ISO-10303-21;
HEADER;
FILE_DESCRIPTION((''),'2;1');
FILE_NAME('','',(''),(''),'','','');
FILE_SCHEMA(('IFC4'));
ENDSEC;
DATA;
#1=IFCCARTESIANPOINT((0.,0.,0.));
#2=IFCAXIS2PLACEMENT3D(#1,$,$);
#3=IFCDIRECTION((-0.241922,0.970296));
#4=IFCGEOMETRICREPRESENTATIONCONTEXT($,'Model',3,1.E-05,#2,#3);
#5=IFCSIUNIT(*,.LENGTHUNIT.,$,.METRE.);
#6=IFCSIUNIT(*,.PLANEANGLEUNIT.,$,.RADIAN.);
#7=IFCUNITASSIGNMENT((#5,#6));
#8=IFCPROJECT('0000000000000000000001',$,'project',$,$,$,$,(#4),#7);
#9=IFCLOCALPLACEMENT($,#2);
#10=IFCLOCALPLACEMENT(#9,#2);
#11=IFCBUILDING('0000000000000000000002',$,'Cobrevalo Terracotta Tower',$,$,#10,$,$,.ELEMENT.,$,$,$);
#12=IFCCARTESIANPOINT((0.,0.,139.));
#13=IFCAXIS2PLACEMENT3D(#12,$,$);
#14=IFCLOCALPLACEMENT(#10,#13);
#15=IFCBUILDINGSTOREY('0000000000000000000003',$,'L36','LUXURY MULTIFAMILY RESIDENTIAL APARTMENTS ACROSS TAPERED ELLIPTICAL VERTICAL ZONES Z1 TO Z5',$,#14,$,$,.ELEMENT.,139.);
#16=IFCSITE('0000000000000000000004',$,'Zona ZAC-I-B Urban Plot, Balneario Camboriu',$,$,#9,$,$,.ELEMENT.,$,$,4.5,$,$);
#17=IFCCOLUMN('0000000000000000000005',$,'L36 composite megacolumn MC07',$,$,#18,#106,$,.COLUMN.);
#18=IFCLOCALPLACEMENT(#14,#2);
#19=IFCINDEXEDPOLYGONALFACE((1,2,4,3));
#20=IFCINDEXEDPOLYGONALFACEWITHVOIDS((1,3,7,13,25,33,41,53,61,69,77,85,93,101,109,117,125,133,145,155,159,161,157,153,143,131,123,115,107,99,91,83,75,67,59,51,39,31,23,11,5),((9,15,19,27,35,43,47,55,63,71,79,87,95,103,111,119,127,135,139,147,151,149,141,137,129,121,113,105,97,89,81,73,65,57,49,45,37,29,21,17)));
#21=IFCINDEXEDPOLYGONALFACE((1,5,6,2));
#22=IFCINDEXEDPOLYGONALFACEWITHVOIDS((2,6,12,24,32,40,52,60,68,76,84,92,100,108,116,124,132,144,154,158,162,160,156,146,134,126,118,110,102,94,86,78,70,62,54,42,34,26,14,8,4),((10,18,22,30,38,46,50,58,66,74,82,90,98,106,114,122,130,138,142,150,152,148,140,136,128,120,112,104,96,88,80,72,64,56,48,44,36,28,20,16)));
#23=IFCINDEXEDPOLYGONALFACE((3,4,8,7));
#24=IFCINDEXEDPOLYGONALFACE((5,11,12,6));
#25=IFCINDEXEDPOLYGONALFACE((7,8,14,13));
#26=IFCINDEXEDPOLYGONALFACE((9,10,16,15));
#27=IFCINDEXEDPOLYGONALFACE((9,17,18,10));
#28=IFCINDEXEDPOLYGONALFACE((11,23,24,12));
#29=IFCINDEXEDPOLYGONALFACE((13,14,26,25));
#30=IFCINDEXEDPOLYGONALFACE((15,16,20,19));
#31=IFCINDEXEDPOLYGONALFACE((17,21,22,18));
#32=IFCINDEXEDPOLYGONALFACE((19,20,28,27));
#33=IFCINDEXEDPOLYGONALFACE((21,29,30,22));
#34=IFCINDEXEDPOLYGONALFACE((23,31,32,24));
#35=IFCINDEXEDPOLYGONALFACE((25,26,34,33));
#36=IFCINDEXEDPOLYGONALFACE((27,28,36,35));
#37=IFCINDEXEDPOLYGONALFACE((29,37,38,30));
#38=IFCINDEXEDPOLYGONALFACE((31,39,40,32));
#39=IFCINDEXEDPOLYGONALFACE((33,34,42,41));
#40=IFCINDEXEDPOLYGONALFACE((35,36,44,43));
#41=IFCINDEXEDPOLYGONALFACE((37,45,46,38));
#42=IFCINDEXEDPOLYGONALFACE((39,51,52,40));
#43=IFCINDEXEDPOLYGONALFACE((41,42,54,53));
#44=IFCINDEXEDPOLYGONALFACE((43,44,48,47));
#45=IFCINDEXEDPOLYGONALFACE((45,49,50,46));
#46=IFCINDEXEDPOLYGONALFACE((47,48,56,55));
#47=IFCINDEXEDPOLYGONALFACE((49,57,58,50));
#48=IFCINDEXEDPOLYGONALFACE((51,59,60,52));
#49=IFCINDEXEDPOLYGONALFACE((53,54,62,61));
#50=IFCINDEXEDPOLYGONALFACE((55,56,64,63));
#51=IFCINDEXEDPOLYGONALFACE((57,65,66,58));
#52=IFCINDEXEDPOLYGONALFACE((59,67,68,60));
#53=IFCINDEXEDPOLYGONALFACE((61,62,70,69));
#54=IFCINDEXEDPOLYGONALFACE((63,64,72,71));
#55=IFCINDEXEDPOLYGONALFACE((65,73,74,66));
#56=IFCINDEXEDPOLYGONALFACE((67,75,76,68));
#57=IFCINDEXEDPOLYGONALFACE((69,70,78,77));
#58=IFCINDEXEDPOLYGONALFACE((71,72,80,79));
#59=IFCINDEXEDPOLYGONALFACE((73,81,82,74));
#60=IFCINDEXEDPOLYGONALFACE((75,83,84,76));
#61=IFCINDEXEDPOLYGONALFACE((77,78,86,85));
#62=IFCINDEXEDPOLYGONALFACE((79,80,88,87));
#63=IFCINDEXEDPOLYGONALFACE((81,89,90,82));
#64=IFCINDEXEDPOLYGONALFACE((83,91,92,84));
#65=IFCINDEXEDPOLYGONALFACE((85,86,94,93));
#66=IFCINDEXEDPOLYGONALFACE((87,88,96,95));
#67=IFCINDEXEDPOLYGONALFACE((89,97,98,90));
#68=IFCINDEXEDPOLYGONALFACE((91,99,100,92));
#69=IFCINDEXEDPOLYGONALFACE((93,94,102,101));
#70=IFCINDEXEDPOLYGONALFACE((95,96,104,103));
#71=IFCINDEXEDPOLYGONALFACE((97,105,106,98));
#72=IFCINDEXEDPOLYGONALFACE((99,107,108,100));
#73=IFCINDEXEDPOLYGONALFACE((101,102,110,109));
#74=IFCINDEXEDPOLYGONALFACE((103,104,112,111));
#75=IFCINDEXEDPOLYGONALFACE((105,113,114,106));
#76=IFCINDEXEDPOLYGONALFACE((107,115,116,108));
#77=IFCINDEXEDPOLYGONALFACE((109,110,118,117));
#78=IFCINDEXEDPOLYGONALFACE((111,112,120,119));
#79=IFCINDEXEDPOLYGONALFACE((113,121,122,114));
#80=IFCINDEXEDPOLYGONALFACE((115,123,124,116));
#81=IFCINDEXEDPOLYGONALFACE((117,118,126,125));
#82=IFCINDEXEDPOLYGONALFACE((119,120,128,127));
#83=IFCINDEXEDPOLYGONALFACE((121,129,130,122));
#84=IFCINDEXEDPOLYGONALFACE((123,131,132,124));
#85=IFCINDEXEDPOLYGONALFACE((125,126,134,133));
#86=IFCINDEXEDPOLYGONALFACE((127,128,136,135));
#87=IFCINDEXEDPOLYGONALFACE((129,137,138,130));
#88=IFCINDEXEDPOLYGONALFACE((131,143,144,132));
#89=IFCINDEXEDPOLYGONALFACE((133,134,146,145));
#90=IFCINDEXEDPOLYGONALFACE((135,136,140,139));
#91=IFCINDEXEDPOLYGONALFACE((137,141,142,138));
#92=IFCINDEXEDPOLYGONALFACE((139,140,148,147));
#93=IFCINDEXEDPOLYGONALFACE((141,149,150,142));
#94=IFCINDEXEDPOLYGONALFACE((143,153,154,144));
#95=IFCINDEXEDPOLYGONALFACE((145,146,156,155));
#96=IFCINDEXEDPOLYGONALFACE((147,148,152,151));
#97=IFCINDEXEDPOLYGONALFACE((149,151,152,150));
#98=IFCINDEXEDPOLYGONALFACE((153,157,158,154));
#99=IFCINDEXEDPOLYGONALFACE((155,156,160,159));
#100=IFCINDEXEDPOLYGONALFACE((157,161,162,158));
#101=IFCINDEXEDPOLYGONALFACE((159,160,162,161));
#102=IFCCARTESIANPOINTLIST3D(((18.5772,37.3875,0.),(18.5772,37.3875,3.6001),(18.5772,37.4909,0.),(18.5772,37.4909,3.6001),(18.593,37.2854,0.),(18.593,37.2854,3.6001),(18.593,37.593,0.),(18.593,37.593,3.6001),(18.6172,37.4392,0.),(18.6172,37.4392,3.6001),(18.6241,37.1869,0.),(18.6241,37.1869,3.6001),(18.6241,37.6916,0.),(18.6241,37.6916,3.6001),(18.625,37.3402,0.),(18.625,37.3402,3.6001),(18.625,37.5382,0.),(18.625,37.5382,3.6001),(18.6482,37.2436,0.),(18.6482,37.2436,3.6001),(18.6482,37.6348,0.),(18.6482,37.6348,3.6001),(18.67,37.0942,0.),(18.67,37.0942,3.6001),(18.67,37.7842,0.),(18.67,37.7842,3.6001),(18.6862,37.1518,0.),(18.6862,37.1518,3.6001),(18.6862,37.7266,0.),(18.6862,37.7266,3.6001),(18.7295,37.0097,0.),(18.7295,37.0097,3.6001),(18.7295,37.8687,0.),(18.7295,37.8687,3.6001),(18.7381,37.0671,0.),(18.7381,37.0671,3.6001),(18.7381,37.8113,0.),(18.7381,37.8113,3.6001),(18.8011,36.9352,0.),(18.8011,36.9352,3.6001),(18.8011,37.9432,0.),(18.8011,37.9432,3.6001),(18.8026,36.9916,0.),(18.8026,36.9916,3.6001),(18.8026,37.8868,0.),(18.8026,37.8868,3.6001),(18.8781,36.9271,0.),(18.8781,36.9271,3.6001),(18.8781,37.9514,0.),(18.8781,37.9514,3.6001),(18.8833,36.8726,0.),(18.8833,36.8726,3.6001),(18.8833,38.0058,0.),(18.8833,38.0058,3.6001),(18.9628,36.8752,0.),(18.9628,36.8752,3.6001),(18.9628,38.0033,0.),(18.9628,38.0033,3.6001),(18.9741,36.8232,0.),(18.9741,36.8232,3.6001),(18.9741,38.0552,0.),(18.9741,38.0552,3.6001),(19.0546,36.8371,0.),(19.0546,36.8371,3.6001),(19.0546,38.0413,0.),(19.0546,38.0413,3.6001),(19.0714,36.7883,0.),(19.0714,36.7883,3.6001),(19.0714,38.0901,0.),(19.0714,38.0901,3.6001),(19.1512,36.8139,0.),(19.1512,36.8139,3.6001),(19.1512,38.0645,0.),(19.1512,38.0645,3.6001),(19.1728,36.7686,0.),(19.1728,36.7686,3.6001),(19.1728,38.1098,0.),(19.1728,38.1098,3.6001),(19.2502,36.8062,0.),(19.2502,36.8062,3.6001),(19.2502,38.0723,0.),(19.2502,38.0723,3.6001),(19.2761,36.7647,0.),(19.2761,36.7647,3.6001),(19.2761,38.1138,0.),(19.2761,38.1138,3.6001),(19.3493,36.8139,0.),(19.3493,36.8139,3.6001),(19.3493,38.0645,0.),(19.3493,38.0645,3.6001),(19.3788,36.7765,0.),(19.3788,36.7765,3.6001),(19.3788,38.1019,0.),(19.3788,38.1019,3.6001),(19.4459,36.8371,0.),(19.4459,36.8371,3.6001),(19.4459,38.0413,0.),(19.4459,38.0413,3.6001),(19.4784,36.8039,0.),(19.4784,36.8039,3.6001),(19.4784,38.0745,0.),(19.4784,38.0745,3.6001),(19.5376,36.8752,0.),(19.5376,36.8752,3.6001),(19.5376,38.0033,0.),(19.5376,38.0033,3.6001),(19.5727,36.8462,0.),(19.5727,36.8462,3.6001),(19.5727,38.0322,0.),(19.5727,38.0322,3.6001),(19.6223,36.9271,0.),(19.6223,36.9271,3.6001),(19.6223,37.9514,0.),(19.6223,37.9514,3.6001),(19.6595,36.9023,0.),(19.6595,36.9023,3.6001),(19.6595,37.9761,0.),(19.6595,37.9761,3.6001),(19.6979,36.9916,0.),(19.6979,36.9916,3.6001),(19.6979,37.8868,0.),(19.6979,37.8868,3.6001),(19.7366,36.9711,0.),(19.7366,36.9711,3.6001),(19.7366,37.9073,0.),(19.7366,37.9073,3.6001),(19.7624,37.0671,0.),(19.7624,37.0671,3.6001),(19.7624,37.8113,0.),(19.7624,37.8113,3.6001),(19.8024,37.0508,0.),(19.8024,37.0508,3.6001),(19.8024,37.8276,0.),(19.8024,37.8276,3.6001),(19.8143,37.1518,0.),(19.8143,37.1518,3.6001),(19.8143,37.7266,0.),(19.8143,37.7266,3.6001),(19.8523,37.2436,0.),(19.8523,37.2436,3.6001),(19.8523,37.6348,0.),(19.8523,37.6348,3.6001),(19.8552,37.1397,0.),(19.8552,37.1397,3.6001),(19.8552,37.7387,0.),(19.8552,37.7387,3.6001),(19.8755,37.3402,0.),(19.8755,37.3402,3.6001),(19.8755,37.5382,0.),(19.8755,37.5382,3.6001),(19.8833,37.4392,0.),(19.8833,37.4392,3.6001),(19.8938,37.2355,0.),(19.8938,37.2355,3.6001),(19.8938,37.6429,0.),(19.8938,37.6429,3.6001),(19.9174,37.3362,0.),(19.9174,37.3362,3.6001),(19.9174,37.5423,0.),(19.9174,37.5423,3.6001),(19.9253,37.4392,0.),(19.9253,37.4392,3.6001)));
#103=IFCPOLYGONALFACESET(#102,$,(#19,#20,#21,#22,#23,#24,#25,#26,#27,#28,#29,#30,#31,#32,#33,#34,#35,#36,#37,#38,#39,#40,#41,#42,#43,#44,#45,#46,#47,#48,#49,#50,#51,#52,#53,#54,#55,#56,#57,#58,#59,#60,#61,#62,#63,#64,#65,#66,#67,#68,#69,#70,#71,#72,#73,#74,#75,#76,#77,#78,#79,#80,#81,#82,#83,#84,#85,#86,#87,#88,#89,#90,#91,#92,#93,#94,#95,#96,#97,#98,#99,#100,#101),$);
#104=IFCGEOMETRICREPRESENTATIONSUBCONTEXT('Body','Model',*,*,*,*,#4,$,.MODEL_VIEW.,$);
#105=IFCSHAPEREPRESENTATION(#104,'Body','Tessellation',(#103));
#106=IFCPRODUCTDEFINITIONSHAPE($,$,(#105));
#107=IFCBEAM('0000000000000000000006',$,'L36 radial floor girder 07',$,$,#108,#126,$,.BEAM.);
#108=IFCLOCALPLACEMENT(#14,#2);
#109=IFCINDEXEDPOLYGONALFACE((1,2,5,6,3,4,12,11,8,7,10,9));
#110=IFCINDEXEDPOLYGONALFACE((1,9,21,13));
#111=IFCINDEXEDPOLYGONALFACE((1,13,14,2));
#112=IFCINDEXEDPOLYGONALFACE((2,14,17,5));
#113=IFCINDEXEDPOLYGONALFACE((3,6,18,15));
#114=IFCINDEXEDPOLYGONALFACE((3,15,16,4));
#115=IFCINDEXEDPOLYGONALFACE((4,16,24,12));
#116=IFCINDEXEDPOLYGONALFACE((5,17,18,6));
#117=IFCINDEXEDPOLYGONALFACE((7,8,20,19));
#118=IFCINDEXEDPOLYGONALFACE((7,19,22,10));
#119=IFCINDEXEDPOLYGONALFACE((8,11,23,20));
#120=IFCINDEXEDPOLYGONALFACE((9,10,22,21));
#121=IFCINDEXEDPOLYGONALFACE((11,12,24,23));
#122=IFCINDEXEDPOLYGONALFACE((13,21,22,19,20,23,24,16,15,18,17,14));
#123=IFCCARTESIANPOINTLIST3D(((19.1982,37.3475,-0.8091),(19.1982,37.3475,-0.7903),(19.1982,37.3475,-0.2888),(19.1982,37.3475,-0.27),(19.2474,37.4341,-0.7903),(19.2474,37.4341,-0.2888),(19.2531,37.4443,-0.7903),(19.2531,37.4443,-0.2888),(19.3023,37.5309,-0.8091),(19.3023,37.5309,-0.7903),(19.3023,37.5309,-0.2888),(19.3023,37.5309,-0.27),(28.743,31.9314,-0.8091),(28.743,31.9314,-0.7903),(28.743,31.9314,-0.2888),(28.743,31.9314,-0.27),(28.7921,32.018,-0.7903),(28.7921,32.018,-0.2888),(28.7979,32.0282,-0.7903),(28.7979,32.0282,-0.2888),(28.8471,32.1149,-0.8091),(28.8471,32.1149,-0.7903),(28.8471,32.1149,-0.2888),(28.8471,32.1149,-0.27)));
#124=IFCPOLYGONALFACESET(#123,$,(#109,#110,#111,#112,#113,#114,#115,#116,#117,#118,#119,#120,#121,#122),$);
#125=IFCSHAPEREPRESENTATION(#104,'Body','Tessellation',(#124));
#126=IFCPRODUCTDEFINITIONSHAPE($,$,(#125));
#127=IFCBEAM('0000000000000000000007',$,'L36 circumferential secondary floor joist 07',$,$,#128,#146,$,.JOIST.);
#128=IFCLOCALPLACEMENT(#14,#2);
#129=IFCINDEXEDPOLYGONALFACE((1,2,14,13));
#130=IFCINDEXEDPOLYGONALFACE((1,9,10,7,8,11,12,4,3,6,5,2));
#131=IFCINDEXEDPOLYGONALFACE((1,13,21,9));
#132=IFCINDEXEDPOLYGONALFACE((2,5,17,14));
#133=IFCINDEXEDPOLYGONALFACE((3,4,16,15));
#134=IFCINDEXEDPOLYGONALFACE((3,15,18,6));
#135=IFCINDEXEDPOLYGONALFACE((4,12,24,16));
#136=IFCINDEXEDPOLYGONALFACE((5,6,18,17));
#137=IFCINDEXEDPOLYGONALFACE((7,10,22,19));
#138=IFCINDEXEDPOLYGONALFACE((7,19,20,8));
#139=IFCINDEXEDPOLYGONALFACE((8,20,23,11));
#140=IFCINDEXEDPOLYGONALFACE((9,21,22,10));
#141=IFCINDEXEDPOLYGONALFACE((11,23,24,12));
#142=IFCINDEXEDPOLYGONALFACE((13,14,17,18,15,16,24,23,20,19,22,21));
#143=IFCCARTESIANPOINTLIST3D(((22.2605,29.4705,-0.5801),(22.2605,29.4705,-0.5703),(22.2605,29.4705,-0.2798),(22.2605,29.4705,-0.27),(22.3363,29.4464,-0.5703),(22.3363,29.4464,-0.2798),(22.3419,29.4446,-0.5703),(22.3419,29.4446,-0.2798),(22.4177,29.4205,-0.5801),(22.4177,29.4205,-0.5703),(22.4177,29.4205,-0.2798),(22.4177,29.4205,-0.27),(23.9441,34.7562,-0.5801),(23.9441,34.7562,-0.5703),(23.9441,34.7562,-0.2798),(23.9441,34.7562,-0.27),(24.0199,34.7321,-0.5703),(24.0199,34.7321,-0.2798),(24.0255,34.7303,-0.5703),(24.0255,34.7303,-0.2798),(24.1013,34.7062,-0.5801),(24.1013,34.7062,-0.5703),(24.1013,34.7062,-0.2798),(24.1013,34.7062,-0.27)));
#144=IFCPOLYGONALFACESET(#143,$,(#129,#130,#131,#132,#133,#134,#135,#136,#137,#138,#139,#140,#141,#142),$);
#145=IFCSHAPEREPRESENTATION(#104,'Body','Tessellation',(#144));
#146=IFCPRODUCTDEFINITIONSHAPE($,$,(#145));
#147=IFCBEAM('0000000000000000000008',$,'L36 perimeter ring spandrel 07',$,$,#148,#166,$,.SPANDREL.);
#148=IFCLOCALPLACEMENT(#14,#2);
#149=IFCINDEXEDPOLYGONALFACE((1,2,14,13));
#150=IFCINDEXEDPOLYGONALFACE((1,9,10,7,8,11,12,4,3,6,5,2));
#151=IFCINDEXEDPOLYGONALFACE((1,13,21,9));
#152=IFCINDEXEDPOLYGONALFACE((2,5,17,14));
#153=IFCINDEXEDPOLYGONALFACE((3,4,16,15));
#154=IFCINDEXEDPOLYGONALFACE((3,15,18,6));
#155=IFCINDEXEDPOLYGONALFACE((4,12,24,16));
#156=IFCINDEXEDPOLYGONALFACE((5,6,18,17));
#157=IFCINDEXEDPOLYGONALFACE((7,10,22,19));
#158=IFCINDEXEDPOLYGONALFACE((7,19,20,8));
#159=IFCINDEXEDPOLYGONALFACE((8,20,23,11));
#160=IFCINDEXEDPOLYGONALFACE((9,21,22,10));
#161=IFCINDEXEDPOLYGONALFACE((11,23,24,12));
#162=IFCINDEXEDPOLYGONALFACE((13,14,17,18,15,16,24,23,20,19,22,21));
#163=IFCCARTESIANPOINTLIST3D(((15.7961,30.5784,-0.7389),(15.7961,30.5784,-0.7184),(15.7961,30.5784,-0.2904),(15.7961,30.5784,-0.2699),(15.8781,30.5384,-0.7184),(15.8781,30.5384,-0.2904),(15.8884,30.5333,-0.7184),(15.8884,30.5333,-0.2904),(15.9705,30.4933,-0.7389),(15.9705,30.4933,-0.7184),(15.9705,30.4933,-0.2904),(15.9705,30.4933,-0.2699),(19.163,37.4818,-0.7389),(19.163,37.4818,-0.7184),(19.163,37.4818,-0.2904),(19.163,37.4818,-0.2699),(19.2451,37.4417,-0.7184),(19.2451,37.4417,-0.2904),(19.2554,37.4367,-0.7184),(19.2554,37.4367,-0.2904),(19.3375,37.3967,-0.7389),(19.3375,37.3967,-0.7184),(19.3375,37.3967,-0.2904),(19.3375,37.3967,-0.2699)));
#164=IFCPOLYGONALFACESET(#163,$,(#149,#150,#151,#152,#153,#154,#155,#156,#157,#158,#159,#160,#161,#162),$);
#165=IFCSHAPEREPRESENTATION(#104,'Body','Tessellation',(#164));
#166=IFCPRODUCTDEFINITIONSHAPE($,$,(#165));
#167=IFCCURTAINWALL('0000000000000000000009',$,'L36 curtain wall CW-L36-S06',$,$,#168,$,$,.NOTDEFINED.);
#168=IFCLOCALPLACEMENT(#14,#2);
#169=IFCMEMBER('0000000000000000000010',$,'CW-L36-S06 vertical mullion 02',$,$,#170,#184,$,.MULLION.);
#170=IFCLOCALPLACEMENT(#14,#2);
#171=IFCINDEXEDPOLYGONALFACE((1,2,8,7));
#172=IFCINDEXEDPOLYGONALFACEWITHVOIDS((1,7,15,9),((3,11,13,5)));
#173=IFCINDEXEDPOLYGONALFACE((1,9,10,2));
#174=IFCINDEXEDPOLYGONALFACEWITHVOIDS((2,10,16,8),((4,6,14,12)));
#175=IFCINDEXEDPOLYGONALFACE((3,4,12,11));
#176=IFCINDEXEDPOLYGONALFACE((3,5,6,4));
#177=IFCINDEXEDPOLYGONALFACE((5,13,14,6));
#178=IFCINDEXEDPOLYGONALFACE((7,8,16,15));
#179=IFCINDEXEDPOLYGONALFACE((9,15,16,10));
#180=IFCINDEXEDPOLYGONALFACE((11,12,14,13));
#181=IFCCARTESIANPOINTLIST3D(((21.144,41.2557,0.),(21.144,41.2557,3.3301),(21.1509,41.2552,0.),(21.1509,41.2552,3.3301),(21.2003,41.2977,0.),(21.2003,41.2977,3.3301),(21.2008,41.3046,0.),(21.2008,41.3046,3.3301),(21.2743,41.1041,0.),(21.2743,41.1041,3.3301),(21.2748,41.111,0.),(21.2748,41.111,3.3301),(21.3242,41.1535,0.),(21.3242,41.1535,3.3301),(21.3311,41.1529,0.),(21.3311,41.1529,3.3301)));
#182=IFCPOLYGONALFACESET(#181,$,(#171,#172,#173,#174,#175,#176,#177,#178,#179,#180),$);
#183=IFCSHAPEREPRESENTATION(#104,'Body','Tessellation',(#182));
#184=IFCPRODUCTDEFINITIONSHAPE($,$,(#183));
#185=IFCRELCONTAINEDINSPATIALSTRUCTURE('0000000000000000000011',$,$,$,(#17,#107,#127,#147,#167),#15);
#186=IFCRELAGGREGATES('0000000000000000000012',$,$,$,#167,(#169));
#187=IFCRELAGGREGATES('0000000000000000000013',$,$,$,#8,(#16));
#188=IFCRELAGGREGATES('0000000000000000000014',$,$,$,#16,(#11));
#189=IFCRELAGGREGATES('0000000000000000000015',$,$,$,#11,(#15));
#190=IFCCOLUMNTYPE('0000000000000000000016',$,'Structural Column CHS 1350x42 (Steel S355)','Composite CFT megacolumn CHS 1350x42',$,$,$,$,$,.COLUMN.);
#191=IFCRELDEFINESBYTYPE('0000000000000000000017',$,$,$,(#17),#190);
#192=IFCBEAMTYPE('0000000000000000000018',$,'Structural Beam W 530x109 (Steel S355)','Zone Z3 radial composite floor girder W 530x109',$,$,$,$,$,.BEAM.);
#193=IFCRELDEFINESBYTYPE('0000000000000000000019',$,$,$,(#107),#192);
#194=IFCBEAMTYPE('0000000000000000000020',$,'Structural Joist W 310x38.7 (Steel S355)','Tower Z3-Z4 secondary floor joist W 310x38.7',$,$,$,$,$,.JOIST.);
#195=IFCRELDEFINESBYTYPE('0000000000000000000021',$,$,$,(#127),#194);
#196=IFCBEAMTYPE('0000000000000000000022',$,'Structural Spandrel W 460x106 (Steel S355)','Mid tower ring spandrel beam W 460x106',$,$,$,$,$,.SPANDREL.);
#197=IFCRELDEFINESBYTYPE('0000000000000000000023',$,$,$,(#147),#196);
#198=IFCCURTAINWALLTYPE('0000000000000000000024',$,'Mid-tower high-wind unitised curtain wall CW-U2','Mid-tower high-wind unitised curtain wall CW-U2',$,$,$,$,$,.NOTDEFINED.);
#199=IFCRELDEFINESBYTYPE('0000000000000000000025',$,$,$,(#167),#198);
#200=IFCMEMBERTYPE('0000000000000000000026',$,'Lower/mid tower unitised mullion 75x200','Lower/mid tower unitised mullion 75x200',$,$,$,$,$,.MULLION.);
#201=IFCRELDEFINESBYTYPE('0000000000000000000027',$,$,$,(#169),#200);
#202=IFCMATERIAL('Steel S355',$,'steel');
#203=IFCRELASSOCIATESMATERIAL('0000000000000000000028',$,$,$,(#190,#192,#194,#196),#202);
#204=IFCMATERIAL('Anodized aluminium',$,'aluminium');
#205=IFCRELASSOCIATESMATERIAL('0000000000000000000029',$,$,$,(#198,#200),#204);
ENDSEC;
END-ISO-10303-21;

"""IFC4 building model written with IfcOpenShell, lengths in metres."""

from ifc_helpers import new_model, si_unit, direction, frame, origin, origin_2d, place, context, subcontext, project, spatial, hollow_rectangle, hollow_circle, i_section, extrude, source, transform, mapped, material, material_profile, profile_set, type_object, element, aggregate, save


model = new_model("IFC4")

# Units and contexts
model_context = context("Model", 3, precision=1e-05, world=origin(), true_north=direction((-0.241922, 0.970296)))
body_context = subcontext(model_context, "Body", "Model", "MODEL_VIEW")
ifc_project = project(units=[si_unit("LENGTHUNIT", "METRE"), si_unit("PLANEANGLEUNIT", "RADIAN")], contexts=[model_context])

# Site, building, storey
site_placement = place(None, origin())
site = spatial("IfcSite", under=ifc_project, at=site_placement, Name="Zona ZAC-I-B Urban Plot, Balneario Camboriu", CompositionType="ELEMENT", RefElevation=4.5)
building_placement = place(site_placement, origin())
building = spatial("IfcBuilding", under=site, at=building_placement, Name="Cobrevalo Terracotta Tower", CompositionType="ELEMENT")
storey_placement = place(building_placement, frame((0.0, 0.0, 139.0)))
storey = spatial("IfcBuildingStorey", under=building, at=storey_placement, Name="L36", Description="LUXURY MULTIFAMILY RESIDENTIAL APARTMENTS ACROSS TAPERED ELLIPTICAL VERTICAL ZONES Z1 TO Z5", CompositionType="ELEMENT", Elevation=139.0)

# Column
ifc_material_1 = material(Name="Steel S355", Category="steel")
ifc_material_profile_1 = material_profile(ifc_material_1, hollow_circle(Radius=0.675, WallThickness=0.042, at=origin_2d()), Name="CHS 1350x42")
ifc_profile_set_1 = profile_set([ifc_material_profile_1], Name="Steel S355")
column_type = type_object("IfcColumnType", Name="Structural Column CHS 1350x42 (Steel S355)", Description="Composite CFT megacolumn CHS 1350x42", PredefinedType="COLUMN", material=ifc_profile_set_1)
column_placement = place(storey_placement, frame((19.2502, 37.4392, 0.0), z_axis=(0.0, 0.0, 1.0), x_axis=(1.0, 0.0, 0.0)))
element("IfcColumn", 1, at=column_placement, inside=storey, type_object=column_type, Name="L36 composite megacolumn MC07", PredefinedType="COLUMN", context=body_context, shape_type="SweptSolid", body=[
    extrude(hollow_circle(Radius=0.675, WallThickness=0.042, at=origin_2d()), origin(), (0.0, 0.0, 1.0), 3.6001),
])

# Beams
ifc_material_profile_2 = material_profile(ifc_material_1, i_section(OverallWidth=0.2109, OverallDepth=0.5391, WebThickness=0.0117, FlangeThickness=0.0188, at=origin_2d()), Name="W 530x109")
ifc_profile_set_2 = profile_set([ifc_material_profile_2], Name="Steel S355")
beam_type_1 = type_object("IfcBeamType", Name="Structural Beam W 530x109 (Steel S355)", Description="Zone Z3 radial composite floor girder W 530x109", PredefinedType="BEAM", material=ifc_profile_set_2)
beam_1_placement = place(storey_placement, frame((19.2502, 37.4392, -0.5396), z_axis=(0.869734, -0.49352, 0.0), x_axis=(0.49352, 0.869734, 0.0)))
element("IfcBeam", 2, at=beam_1_placement, inside=storey, type_object=beam_type_1, Name="L36 radial floor girder 07", PredefinedType="BEAM", context=body_context, shape_type="SweptSolid", body=[
    extrude(i_section(OverallWidth=0.2109, OverallDepth=0.5391, WebThickness=0.0117, FlangeThickness=0.0188, at=origin_2d()), origin(), (0.0, 0.0, 1.0), 10.9744),
])
ifc_material_profile_3 = material_profile(ifc_material_1, i_section(OverallWidth=0.165, OverallDepth=0.3101, WebThickness=0.0059, FlangeThickness=0.0098, at=origin_2d()), Name="W 310x38.7")
ifc_profile_set_3 = profile_set([ifc_material_profile_3], Name="Steel S355")
beam_type_2 = type_object("IfcBeamType", Name="Structural Joist W 310x38.7 (Steel S355)", Description="Tower Z3-Z4 secondary floor joist W 310x38.7", PredefinedType="JOIST", material=ifc_profile_set_3)
beam_2_placement = place(storey_placement, frame((24.0227, 34.7312, -0.425), z_axis=(-0.303498, -0.952832, 0.0), x_axis=(0.952832, -0.303498, 0.0)))
element("IfcBeam", 3, at=beam_2_placement, inside=storey, type_object=beam_type_2, Name="L36 circumferential secondary floor joist 07", PredefinedType="JOIST", context=body_context, shape_type="SweptSolid", body=[
    extrude(i_section(OverallWidth=0.165, OverallDepth=0.3101, WebThickness=0.0059, FlangeThickness=0.0098, at=origin_2d()), origin(), (0.0, 0.0, 1.0), 5.5474),
])
ifc_material_profile_4 = material_profile(ifc_material_1, i_section(OverallWidth=0.1941, OverallDepth=0.469, WebThickness=0.0115, FlangeThickness=0.0205, at=origin_2d()), Name="W 460x106")
ifc_profile_set_4 = profile_set([ifc_material_profile_4], Name="Steel S355")
beam_type_3 = type_object("IfcBeamType", Name="Structural Spandrel W 460x106 (Steel S355)", Description="Mid tower ring spandrel beam W 460x106", PredefinedType="SPANDREL", material=ifc_profile_set_4)
beam_3_placement = place(storey_placement, frame((19.2502, 37.4392, -0.5044), z_axis=(-0.438368, -0.898796, 0.0), x_axis=(0.898796, -0.438368, 0.0)))
element("IfcBeam", 4, at=beam_3_placement, inside=storey, type_object=beam_type_3, Name="L36 perimeter ring spandrel 07", PredefinedType="SPANDREL", context=body_context, shape_type="SweptSolid", body=[
    extrude(i_section(OverallWidth=0.1941, OverallDepth=0.469, WebThickness=0.0115, FlangeThickness=0.0205, at=origin_2d()), origin(), (0.0, 0.0, 1.0), 7.6807),
])

# Curtain wall, member
ifc_material_2 = material(Name="Anodized aluminium", Category="aluminium")
curtain_wall_type = type_object("IfcCurtainWallType", Name="Mid-tower high-wind unitised curtain wall CW-U2", Description="Mid-tower high-wind unitised curtain wall CW-U2", PredefinedType="NOTDEFINED", material=ifc_material_2)
curtain_wall_1_placement = place(storey_placement, origin())
curtain_wall_1 = element("IfcCurtainWall", 5, at=curtain_wall_1_placement, inside=storey, type_object=curtain_wall_type, Name="L36 curtain wall CW-L36-S06", PredefinedType="NOTDEFINED")
ifc_material_profile_5 = material_profile(ifc_material_2, hollow_rectangle(XDim=0.075, YDim=0.2, WallThickness=0.0049, at=origin_2d()), Name="CWM 75x200")
ifc_profile_set_5 = profile_set([ifc_material_profile_5], Name="Anodized aluminium")
member_type_1 = type_object("IfcMemberType", Name="Lower/mid tower unitised mullion 75x200", Description="Lower/mid tower unitised mullion 75x200", PredefinedType="MULLION", material=ifc_profile_set_5)
shared_shape_1 = source(origin(), body_context, "Body", "SweptSolid", [
    extrude(hollow_rectangle(XDim=0.075, YDim=0.2, WallThickness=0.0049, at=origin_2d()), origin(), (0.0, 0.0, 1.0), 3.3301),
])
member_1_placement = place(storey_placement, frame((21.2375, 41.2043, 0.0), z_axis=(0.0, 0.0, 1.0), x_axis=(-0.758442, -0.651741, 0.0)))
member_1 = element("IfcMember", 6, at=member_1_placement, type_object=member_type_1, Name="CW-L36-S06 vertical mullion 02", PredefinedType="MULLION", context=body_context, shape_type="MappedRepresentation", body=[
    mapped(shared_shape_1, transform((0.0, 0.0, 0.0), scale=1.0)),
])

aggregate(curtain_wall_1, [member_1])

save(model, "model.ifc")
